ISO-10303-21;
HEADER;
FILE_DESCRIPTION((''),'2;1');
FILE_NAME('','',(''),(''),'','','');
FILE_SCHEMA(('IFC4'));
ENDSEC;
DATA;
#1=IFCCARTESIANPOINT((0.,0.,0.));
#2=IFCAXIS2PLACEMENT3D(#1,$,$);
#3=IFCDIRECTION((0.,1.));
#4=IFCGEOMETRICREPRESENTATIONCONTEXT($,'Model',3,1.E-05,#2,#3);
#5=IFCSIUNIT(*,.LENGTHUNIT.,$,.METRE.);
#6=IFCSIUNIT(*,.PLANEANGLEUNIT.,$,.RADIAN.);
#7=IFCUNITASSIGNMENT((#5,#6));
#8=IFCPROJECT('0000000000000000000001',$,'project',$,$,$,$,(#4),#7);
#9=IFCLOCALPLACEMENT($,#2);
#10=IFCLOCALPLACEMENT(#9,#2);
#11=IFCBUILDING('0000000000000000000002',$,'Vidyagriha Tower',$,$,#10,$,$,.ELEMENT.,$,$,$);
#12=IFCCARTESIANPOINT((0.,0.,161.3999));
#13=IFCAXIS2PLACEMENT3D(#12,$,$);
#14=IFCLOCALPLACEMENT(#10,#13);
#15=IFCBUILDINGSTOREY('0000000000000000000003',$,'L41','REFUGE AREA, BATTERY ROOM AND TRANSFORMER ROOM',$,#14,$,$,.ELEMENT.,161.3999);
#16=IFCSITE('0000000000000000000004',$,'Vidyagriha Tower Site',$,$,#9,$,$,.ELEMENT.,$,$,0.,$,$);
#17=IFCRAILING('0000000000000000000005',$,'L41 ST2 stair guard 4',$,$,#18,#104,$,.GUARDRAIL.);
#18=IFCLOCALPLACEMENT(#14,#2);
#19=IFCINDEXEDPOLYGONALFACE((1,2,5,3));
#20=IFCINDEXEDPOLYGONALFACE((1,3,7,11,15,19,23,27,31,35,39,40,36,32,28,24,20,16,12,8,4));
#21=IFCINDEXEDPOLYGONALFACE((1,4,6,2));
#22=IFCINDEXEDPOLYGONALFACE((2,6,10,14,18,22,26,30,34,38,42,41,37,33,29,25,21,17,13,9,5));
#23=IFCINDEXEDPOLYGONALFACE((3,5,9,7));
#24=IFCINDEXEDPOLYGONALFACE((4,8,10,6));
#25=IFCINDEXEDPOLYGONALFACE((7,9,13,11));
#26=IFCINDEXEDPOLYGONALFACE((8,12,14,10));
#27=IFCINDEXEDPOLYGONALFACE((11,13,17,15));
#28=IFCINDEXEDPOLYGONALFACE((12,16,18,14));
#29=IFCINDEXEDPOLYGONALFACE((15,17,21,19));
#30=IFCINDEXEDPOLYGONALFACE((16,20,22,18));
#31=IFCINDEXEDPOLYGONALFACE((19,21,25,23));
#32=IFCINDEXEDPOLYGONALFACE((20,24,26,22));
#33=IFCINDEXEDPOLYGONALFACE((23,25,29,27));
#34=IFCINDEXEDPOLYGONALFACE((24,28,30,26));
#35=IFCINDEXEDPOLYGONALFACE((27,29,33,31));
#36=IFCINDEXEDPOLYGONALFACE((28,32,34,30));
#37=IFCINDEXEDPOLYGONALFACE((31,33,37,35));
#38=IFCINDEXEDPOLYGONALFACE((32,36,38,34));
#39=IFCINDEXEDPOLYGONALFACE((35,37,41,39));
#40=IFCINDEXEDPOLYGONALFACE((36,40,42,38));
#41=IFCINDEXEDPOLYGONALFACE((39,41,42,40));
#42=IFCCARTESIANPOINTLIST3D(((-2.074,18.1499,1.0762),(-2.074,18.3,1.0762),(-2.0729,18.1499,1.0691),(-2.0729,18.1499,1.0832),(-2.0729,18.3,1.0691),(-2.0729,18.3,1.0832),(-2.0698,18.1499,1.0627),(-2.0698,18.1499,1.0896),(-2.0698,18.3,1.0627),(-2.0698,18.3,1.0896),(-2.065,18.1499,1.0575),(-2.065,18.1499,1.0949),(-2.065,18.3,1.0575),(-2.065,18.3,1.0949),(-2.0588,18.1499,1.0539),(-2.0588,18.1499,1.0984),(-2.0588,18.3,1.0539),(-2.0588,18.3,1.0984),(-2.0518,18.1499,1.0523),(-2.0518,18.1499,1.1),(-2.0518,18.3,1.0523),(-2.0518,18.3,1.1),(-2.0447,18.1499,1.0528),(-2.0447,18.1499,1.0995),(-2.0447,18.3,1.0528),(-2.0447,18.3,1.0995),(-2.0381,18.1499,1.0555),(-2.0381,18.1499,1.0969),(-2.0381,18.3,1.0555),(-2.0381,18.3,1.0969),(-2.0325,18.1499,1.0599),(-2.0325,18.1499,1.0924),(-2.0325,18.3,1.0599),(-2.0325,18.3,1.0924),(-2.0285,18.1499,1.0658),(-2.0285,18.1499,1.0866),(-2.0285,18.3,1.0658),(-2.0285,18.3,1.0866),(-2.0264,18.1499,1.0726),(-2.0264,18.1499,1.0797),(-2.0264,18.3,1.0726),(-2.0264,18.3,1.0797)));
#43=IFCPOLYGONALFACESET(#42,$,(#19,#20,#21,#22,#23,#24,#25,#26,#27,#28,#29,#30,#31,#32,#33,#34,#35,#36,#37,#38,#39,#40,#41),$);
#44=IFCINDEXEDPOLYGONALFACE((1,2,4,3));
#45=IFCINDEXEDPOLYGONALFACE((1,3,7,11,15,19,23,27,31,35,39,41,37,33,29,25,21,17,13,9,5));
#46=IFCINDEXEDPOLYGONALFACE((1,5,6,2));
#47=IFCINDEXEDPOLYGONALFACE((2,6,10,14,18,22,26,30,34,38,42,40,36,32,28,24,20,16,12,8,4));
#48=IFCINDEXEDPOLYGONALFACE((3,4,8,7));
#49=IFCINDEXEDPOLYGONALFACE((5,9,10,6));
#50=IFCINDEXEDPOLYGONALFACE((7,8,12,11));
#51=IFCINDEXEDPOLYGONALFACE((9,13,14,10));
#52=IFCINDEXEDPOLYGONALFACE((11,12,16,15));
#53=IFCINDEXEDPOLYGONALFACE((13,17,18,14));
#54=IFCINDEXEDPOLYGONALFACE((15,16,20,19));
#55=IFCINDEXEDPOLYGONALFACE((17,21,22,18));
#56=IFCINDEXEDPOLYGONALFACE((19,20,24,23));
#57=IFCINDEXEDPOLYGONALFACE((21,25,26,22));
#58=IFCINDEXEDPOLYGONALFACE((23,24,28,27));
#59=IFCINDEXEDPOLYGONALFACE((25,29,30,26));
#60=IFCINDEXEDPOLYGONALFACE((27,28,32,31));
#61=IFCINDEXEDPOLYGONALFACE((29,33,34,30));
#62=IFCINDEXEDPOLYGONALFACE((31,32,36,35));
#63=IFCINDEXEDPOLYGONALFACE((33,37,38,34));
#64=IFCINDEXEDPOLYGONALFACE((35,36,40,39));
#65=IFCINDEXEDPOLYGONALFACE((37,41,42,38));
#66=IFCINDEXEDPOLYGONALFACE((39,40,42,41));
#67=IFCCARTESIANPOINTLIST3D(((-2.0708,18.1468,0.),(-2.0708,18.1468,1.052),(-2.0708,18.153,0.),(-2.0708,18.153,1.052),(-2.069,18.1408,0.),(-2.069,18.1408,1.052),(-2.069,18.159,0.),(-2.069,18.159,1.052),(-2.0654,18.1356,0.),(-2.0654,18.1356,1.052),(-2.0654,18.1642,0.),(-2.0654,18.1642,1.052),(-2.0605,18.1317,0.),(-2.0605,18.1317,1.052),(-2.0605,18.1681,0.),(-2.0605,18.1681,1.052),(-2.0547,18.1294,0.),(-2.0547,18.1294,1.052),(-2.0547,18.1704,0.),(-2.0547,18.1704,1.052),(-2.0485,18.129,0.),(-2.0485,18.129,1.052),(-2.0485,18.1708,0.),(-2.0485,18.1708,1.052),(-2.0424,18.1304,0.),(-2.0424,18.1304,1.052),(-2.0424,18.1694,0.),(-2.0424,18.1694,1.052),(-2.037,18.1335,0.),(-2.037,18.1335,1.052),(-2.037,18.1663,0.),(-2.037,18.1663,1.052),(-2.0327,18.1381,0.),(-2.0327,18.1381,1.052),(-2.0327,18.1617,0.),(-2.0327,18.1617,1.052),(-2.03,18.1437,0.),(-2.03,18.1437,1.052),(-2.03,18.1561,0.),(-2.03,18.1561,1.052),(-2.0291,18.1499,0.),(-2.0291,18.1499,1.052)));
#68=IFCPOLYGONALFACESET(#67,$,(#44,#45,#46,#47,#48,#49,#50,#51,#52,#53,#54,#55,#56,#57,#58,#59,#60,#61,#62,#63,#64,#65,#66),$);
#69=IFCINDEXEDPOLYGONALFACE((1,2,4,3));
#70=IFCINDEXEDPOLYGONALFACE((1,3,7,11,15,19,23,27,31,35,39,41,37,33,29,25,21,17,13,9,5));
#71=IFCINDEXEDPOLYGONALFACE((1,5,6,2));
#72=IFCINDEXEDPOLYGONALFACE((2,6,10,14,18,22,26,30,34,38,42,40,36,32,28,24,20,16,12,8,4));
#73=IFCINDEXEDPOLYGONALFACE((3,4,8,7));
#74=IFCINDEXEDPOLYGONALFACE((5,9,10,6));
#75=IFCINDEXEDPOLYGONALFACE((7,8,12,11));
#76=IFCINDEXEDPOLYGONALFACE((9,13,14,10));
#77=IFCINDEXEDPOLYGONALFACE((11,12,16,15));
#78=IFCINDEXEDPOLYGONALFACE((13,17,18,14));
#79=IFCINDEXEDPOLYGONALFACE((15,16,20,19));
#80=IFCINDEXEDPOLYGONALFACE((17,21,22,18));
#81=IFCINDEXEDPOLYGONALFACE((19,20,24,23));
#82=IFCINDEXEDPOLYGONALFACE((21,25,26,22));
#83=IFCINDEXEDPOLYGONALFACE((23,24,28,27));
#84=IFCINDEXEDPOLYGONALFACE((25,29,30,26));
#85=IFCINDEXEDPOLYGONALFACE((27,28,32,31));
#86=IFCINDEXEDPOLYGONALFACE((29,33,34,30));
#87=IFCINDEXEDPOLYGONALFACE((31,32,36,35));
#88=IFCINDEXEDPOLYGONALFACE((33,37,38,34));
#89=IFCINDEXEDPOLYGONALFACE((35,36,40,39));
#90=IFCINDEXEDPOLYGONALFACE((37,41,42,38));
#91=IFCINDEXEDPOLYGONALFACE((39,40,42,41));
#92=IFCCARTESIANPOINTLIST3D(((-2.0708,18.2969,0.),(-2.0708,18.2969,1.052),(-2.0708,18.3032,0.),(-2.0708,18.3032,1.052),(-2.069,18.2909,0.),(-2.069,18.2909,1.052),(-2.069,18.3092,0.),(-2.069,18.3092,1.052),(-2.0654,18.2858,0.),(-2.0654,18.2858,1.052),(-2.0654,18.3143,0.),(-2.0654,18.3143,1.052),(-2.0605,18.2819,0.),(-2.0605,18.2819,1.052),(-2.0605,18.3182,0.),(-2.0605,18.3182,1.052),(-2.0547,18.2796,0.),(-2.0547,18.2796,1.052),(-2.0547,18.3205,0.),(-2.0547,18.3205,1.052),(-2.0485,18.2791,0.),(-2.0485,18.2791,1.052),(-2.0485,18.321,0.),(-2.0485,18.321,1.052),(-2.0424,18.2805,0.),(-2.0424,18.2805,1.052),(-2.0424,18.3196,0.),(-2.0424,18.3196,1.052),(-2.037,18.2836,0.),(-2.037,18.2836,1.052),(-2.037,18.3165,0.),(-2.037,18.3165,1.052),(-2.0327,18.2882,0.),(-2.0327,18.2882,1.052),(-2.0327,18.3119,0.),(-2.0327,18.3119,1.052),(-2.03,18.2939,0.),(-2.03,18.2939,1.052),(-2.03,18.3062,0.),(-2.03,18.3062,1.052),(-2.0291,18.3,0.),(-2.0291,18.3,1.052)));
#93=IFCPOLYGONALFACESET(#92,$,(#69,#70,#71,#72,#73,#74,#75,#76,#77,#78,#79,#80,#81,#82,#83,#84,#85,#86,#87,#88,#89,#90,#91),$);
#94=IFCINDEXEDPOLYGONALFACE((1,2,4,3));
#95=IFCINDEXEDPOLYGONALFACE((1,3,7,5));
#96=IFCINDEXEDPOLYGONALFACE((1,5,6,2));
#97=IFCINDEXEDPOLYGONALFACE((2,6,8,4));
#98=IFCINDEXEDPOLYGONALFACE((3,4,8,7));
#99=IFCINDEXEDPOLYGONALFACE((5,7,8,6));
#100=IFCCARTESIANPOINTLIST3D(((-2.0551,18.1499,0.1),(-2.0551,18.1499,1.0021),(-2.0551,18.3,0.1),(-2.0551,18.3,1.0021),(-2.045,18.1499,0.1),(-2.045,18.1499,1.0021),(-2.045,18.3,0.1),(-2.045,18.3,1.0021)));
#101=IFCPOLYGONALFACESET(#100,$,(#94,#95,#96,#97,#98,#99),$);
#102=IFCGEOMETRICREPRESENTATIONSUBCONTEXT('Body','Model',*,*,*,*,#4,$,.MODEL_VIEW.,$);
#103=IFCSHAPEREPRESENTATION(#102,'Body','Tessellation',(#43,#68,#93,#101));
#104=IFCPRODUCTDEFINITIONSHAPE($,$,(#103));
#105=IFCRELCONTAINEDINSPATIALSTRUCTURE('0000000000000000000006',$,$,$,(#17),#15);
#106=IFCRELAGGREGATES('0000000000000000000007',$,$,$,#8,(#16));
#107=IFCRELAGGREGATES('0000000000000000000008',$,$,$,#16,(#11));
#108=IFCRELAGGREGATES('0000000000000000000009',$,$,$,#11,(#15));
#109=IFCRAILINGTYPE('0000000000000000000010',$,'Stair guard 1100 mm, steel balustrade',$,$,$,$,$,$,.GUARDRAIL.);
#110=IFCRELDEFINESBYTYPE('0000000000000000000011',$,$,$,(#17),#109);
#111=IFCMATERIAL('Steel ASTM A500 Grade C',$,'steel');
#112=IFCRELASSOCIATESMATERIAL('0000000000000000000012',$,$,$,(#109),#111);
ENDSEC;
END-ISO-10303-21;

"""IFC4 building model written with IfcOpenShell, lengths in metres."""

from ifc_helpers import new_model, si_unit, direction, frame, origin, origin_2d, place, context, subcontext, project, spatial, rectangle, circle, extrude, material, type_object, element, save


model = new_model("IFC4")

# Units and contexts
model_context = context("Model", 3, precision=1e-05, world=origin(), true_north=direction((0.0, 1.0)))
body_context = subcontext(model_context, "Body", "Model", "MODEL_VIEW")
ifc_project = project(units=[si_unit("LENGTHUNIT", "METRE"), si_unit("PLANEANGLEUNIT", "RADIAN")], contexts=[model_context])

# Site, building, storey
site_placement = place(None, origin())
site = spatial("IfcSite", under=ifc_project, at=site_placement, Name="Vidyagriha Tower Site", CompositionType="ELEMENT", RefElevation=0.0)
building_placement = place(site_placement, origin())
building = spatial("IfcBuilding", under=site, at=building_placement, Name="Vidyagriha Tower", CompositionType="ELEMENT")
storey_placement = place(building_placement, frame((0.0, 0.0, 161.3999)))
storey = spatial("IfcBuildingStorey", under=building, at=storey_placement, Name="L41", Description="REFUGE AREA, BATTERY ROOM AND TRANSFORMER ROOM", CompositionType="ELEMENT", Elevation=161.3999)

# Railing
ifc_material_1 = material(Name="Steel ASTM A500 Grade C", Category="steel")
railing_type_1 = type_object("IfcRailingType", Name="Stair guard 1100 mm, steel balustrade", PredefinedType="GUARDRAIL", material=ifc_material_1)
railing_1_placement = place(storey_placement, frame((-2.05, 18.1499, 0.0)))
element("IfcRailing", 1, at=railing_1_placement, inside=storey, type_object=railing_type_1, Name="L41 ST2 stair guard 4", PredefinedType="GUARDRAIL", context=body_context, shape_type="SweptSolid", body=[
    extrude(circle(Radius=0.0239, at=origin_2d()), frame((0.0, 0.0, 1.0762), z_axis=(0.0, 1.0, 0.0), x_axis=(-1.0, 0.0, 0.0)), (0.0, 0.0, 1.0), 0.1501),
    extrude(circle(Radius=0.021, at=origin_2d()), origin(), (0.0, 0.0, 1.0), 1.052),
    extrude(circle(Radius=0.021, at=origin_2d()), frame((0.0, 0.1501, 0.0)), (0.0, 0.0, 1.0), 1.052),
    extrude(rectangle(XDim=0.01, YDim=0.9021, at=origin_2d()), frame((0.0, 0.0, 0.551), z_axis=(0.0, 1.0, 0.0), x_axis=(-1.0, 0.0, 0.0)), (0.0, 0.0, 1.0), 0.1501),
])

save(model, "model.ifc")
